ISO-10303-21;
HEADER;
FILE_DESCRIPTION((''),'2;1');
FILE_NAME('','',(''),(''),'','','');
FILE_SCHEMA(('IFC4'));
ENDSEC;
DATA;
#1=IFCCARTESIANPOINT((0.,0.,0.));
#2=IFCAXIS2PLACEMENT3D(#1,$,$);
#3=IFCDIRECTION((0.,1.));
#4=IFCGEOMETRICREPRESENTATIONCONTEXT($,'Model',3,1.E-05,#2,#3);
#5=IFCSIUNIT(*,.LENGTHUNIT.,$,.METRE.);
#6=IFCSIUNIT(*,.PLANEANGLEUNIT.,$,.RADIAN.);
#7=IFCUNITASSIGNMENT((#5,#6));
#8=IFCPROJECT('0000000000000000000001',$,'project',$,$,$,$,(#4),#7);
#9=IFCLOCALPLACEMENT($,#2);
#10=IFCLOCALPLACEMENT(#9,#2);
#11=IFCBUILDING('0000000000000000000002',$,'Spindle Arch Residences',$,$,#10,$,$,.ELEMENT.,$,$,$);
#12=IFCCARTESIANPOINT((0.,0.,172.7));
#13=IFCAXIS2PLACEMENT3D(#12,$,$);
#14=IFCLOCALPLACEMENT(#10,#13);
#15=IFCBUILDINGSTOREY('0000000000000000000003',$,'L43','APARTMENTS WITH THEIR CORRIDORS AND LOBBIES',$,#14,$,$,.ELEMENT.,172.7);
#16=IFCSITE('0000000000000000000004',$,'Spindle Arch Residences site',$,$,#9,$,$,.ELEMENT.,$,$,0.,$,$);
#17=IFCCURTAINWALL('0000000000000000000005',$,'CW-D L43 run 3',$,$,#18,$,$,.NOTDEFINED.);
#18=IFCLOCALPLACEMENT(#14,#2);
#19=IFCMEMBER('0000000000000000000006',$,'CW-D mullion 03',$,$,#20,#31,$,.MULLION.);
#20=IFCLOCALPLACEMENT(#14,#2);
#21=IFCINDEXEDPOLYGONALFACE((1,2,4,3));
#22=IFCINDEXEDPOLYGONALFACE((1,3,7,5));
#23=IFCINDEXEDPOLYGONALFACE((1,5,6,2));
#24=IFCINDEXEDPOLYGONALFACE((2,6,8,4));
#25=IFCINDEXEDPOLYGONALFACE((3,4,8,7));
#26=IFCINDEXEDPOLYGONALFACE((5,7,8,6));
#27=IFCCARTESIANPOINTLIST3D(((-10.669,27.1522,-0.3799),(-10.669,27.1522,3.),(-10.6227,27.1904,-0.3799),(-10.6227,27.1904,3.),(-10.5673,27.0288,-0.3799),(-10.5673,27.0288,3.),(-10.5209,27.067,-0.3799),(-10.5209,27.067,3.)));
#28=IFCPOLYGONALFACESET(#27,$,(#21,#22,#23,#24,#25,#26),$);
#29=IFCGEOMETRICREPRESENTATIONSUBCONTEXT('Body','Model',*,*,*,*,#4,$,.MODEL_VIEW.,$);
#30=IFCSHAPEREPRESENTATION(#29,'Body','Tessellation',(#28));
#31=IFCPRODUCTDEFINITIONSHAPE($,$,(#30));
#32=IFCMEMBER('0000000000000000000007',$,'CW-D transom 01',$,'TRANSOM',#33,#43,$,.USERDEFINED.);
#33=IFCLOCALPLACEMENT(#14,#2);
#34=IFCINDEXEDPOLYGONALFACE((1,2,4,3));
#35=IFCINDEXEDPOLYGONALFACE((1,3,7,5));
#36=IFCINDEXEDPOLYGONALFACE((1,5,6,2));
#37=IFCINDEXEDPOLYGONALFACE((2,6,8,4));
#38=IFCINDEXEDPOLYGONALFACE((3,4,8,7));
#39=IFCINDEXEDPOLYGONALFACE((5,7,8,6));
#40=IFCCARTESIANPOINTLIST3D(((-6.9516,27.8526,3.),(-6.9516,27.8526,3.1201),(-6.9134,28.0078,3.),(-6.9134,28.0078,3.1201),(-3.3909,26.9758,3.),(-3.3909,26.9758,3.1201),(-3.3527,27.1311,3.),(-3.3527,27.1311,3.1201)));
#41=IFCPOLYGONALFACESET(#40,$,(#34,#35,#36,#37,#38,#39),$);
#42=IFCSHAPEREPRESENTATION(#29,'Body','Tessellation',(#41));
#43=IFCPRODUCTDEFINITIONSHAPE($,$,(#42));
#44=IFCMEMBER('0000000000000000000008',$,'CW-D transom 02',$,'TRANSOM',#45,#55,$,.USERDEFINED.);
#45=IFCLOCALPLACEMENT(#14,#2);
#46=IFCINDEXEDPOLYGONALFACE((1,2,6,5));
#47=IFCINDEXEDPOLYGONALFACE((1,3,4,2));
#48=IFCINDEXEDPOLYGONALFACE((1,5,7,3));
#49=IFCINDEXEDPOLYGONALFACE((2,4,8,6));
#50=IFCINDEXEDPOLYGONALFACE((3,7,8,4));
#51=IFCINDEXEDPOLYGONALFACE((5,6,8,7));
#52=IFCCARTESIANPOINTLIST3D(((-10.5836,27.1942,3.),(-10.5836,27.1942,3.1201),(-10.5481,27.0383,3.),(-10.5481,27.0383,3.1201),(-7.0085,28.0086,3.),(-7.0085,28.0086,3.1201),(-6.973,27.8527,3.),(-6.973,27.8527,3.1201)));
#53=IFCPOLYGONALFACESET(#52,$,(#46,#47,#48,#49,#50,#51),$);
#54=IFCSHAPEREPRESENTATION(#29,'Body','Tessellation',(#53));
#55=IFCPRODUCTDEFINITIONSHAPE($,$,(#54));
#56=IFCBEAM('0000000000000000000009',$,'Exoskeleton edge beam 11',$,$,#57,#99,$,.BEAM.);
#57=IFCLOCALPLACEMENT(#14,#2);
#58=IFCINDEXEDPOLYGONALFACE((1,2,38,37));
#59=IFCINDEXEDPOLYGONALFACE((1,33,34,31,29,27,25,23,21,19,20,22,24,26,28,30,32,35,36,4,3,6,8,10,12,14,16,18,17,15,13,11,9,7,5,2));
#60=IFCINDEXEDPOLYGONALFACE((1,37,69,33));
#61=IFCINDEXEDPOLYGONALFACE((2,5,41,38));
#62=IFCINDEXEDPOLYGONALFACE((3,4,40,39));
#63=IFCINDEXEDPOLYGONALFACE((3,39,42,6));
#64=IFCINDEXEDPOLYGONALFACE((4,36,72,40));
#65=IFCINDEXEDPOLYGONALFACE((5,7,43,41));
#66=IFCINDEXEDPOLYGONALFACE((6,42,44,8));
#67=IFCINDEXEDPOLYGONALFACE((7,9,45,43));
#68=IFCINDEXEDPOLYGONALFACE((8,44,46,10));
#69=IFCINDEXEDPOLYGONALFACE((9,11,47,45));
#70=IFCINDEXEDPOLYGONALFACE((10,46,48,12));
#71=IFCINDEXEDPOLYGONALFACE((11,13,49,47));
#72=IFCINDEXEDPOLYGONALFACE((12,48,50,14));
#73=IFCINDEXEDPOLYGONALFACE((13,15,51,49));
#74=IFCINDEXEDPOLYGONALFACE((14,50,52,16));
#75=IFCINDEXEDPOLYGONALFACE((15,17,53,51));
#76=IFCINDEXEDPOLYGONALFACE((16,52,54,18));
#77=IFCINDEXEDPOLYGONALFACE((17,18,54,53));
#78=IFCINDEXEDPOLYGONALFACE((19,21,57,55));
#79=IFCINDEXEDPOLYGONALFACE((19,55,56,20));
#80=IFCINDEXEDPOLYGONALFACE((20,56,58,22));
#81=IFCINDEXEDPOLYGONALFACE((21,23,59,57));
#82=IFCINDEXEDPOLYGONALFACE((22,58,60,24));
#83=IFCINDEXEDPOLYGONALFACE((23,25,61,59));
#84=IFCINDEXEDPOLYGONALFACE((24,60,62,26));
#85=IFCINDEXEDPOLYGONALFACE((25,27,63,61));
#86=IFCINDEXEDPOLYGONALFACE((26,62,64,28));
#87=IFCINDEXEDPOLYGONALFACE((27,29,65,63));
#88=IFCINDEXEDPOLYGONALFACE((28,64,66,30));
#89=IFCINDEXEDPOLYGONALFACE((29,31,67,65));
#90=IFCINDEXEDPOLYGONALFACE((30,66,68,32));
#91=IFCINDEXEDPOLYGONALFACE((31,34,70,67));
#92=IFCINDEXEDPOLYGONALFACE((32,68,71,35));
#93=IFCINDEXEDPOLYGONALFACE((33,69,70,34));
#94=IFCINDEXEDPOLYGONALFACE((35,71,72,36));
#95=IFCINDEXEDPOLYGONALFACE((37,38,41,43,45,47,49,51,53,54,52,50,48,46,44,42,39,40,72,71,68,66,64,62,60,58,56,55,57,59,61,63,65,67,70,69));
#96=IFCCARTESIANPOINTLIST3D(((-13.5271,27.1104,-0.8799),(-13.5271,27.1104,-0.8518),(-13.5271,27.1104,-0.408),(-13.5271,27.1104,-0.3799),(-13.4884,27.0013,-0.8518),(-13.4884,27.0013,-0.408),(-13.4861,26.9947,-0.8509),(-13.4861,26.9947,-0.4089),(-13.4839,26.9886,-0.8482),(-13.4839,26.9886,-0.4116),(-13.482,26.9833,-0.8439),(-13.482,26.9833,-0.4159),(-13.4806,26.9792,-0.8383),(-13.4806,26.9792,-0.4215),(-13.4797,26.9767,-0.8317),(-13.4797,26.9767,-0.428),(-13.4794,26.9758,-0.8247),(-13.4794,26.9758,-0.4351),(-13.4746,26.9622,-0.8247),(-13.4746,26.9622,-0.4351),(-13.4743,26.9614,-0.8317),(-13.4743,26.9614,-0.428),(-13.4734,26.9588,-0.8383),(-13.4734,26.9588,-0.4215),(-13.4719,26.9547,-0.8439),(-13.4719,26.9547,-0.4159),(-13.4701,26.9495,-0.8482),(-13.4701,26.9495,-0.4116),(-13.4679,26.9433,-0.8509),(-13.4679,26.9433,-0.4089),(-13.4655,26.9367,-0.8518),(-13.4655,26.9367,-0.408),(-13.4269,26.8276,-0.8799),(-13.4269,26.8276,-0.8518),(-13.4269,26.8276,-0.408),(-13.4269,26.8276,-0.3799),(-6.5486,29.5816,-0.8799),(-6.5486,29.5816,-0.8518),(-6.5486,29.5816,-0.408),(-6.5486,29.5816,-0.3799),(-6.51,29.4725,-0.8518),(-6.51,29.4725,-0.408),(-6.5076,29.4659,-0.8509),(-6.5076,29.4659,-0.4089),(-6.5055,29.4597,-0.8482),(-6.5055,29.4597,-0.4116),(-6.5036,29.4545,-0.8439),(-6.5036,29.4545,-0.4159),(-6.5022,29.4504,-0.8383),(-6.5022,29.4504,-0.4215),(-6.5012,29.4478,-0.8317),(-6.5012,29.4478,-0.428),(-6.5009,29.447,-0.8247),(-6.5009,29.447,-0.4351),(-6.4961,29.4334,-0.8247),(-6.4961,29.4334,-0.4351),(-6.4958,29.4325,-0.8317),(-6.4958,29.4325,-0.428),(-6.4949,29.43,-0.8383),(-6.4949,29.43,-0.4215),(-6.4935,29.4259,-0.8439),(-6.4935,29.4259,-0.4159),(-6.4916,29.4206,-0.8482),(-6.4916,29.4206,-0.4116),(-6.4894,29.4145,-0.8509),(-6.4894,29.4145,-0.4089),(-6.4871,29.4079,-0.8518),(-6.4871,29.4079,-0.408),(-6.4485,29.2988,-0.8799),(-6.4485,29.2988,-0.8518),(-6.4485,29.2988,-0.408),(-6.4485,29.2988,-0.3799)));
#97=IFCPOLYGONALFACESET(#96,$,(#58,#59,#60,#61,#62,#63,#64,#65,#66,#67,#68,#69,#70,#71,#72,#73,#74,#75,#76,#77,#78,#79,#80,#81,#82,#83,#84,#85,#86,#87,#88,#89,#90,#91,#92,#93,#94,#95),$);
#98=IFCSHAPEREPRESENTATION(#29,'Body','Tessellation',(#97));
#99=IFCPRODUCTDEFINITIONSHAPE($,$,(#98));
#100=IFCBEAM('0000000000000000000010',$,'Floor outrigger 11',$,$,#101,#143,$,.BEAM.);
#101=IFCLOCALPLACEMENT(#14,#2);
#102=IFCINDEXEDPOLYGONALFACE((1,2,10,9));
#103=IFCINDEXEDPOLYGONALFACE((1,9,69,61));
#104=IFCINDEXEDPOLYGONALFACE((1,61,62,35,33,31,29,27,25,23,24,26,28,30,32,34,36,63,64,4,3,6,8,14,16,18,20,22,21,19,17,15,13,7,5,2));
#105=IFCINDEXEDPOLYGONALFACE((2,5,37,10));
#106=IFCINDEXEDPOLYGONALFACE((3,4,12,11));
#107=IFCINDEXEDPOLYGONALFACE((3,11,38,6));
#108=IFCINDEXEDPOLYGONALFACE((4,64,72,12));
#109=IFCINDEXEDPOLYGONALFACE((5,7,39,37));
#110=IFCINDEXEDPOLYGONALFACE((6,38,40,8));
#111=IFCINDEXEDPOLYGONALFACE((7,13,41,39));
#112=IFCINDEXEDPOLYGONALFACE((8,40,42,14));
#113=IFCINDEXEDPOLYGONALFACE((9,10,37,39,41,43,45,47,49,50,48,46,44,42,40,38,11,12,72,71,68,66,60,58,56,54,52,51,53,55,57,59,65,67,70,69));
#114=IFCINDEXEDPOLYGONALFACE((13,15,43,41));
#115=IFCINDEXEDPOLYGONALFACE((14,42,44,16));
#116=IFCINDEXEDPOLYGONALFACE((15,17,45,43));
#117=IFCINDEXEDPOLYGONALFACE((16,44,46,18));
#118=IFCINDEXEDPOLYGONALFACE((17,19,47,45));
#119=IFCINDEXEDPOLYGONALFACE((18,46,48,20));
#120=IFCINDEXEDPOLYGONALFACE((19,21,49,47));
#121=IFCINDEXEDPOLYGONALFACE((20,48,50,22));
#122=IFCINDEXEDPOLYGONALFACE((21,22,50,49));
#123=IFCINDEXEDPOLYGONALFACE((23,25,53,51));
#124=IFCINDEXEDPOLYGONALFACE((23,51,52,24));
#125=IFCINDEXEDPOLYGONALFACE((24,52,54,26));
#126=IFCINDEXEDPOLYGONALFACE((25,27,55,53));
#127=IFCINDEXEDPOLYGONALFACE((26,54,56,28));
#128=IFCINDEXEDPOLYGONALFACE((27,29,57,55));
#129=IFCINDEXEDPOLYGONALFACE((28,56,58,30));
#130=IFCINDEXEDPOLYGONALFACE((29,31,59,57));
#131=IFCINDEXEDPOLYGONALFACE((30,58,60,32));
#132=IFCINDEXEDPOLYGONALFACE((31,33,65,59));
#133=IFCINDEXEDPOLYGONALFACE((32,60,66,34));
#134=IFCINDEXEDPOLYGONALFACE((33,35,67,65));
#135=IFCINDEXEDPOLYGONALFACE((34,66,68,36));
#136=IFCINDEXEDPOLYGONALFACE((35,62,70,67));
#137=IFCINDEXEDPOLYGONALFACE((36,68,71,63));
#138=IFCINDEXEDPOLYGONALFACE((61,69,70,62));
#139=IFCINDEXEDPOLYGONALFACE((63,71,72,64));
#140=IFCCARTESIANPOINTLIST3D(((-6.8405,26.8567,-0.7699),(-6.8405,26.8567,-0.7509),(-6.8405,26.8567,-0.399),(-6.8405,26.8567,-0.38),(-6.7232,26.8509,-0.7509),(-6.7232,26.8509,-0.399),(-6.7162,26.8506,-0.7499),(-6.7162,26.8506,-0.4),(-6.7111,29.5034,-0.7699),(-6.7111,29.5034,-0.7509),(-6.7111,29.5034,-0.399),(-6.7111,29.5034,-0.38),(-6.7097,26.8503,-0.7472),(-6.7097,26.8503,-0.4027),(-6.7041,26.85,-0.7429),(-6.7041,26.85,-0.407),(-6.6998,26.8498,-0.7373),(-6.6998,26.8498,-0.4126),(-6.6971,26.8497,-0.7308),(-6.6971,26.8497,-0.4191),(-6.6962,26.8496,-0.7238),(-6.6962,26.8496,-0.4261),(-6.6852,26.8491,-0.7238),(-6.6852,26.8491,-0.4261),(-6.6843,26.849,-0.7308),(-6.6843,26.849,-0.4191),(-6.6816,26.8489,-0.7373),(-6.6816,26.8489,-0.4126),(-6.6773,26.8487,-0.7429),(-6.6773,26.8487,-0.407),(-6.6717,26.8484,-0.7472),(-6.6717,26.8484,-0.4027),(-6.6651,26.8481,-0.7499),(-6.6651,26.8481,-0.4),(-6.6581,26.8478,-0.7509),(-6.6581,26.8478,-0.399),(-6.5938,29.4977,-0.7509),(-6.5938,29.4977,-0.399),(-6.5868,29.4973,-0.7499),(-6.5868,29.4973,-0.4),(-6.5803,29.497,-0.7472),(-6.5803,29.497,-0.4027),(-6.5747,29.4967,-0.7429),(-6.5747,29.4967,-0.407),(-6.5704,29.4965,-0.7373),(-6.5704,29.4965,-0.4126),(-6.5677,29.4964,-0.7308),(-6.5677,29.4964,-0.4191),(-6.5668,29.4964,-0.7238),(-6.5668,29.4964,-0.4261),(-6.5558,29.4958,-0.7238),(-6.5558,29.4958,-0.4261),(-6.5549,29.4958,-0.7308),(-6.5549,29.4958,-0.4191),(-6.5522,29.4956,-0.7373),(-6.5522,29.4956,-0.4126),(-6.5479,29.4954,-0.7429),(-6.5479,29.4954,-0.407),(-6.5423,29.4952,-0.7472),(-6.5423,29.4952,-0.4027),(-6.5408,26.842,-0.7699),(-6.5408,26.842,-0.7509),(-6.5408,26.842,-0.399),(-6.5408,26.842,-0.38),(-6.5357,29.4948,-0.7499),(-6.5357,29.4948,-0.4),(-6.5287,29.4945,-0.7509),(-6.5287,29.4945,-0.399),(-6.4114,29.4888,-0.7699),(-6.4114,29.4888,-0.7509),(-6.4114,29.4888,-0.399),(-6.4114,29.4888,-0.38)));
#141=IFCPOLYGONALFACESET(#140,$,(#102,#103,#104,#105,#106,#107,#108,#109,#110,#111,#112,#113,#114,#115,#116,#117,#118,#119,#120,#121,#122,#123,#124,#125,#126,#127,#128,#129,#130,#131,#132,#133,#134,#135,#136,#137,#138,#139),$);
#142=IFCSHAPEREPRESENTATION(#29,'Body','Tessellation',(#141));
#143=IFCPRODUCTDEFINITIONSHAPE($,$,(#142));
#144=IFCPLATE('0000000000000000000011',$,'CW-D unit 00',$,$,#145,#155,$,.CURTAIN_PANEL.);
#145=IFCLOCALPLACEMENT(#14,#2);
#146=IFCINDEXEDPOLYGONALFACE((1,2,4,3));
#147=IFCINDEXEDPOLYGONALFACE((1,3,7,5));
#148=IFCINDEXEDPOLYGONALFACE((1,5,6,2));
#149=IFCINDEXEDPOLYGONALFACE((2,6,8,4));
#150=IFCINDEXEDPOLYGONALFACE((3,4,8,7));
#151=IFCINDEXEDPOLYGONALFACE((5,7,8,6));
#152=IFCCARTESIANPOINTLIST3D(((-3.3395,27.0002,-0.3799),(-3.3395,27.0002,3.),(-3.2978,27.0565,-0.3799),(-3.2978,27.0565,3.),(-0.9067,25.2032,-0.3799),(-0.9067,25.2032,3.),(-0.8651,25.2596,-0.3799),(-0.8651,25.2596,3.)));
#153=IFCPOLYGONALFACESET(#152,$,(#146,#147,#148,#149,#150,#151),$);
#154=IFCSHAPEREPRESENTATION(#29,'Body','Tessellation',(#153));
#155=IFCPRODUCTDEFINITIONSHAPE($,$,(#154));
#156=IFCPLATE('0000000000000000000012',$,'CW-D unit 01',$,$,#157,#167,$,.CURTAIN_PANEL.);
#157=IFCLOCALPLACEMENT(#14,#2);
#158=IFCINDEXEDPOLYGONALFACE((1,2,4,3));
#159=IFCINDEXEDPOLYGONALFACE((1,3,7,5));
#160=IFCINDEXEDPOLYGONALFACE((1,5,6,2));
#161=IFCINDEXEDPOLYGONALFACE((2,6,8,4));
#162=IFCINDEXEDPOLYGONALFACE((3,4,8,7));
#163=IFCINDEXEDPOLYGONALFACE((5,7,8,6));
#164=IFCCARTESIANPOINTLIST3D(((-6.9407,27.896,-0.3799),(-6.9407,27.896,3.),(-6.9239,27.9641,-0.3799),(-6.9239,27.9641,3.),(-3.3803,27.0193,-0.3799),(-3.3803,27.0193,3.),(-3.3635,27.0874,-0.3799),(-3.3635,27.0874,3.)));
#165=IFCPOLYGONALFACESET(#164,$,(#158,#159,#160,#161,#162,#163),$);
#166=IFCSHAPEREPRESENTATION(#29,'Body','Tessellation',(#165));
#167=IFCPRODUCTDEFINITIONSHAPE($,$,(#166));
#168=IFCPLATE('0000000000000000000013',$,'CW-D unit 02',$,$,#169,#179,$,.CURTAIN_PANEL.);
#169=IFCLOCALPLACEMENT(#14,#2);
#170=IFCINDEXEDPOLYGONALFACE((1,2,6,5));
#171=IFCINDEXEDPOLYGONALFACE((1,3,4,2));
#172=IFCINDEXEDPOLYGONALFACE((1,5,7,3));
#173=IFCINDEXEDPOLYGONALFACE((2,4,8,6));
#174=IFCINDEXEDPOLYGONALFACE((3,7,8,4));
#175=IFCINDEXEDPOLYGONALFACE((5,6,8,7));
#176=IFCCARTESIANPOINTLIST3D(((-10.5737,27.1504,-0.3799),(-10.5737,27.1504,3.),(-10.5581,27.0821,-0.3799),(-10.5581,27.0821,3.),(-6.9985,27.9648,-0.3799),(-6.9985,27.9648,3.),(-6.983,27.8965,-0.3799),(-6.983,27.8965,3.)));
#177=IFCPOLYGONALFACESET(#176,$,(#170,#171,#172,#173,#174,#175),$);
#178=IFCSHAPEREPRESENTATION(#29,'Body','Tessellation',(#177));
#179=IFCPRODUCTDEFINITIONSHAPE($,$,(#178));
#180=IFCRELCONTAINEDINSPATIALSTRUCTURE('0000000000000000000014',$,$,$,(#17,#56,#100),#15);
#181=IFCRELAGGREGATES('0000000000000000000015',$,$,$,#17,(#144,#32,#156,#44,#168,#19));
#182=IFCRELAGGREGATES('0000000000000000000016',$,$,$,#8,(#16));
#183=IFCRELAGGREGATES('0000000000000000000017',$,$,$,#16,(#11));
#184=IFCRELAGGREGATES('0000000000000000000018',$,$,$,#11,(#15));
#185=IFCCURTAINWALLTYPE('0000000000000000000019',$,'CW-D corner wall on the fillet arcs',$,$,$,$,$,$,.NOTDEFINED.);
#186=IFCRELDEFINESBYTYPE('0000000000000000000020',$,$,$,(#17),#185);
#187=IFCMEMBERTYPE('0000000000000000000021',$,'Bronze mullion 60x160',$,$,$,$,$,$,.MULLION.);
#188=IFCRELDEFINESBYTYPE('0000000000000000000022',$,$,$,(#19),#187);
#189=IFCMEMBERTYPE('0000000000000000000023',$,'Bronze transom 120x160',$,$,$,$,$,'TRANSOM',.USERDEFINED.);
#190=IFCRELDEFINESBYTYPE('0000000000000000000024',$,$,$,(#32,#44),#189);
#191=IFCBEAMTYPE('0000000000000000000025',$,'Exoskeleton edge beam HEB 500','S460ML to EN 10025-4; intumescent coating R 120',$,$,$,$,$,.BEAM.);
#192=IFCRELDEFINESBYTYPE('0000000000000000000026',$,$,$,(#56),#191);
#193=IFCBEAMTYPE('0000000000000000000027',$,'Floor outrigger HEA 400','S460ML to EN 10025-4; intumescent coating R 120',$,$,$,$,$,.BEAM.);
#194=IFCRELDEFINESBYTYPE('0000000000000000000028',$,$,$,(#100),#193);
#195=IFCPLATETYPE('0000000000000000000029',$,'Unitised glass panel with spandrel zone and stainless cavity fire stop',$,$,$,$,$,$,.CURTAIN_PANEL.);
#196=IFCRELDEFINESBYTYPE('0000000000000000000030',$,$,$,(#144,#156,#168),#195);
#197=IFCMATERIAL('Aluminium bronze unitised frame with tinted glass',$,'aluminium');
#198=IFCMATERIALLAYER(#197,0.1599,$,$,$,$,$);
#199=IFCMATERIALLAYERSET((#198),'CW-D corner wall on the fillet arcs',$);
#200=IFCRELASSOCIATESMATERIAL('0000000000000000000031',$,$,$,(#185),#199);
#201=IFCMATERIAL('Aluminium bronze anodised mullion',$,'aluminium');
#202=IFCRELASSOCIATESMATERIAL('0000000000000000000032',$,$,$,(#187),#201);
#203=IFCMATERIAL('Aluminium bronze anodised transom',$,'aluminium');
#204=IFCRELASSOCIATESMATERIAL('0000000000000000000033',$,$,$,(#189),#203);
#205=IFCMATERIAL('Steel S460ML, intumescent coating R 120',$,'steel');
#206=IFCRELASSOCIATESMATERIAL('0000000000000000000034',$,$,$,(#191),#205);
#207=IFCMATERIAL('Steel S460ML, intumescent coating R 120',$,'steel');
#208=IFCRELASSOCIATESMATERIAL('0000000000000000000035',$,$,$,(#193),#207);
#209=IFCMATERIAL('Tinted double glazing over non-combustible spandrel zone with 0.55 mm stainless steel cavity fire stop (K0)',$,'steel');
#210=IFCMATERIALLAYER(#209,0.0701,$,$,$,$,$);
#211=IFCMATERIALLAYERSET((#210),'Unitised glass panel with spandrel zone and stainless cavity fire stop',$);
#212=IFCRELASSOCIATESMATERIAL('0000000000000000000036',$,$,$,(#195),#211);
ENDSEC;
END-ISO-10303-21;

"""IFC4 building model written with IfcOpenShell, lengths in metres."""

from ifc_helpers import new_model, si_unit, direction, frame, origin, origin_2d, place, context, subcontext, project, spatial, rectangle, i_section, extrude, material, layer, layer_set, material_profile, profile_set, type_object, element, aggregate, save


model = new_model("IFC4")

# Units and contexts
model_context = context("Model", 3, precision=1e-05, world=origin(), true_north=direction((0.0, 1.0)))
body_context = subcontext(model_context, "Body", "Model", "MODEL_VIEW")
ifc_project = project(units=[si_unit("LENGTHUNIT", "METRE"), si_unit("PLANEANGLEUNIT", "RADIAN")], contexts=[model_context])

# Site, building, storey
site_placement = place(None, origin())
site = spatial("IfcSite", under=ifc_project, at=site_placement, Name="Spindle Arch Residences site", CompositionType="ELEMENT", RefElevation=0.0)
building_placement = place(site_placement, origin())
building = spatial("IfcBuilding", under=site, at=building_placement, Name="Spindle Arch Residences", CompositionType="ELEMENT")
storey_placement = place(building_placement, frame((0.0, 0.0, 172.7)))
storey = spatial("IfcBuildingStorey", under=building, at=storey_placement, Name="L43", Description="APARTMENTS WITH THEIR CORRIDORS AND LOBBIES", CompositionType="ELEMENT", Elevation=172.7)

# Curtain wall, members
ifc_material_1 = material(Name="Aluminium bronze unitised frame with tinted glass", Category="aluminium")
ifc_layer_1 = layer(ifc_material_1, 0.1599)
ifc_layer_set_1 = layer_set([ifc_layer_1], Name="CW-D corner wall on the fillet arcs")
curtain_wall_type = type_object("IfcCurtainWallType", Name="CW-D corner wall on the fillet arcs", PredefinedType="NOTDEFINED", material=ifc_layer_set_1)
curtain_wall_placement = place(storey_placement, origin())
curtain_wall = element("IfcCurtainWall", 1, at=curtain_wall_placement, inside=storey, type_object=curtain_wall_type, Name="CW-D L43 run 3", PredefinedType="NOTDEFINED")
ifc_material_2 = material(Name="Aluminium bronze anodised mullion", Category="aluminium")
ifc_material_profile_1 = material_profile(ifc_material_2, rectangle(XDim=0.1599, YDim=0.0601, at=origin_2d()), Name="MU 60x160")
ifc_profile_set_1 = profile_set([ifc_material_profile_1], Name="Aluminium bronze anodised mullion")
member_type_1 = type_object("IfcMemberType", Name="Bronze mullion 60x160", PredefinedType="MULLION", material=ifc_profile_set_1)
member_1_placement = place(storey_placement, frame((-10.595, 27.1096, -0.3799), z_axis=(0.0, 0.0, 1.0), x_axis=(0.636078, -0.771625, 0.0)))
member_1 = element("IfcMember", 2, at=member_1_placement, type_object=member_type_1, Name="CW-D mullion 03", PredefinedType="MULLION", context=body_context, shape_type="SweptSolid", body=[
    extrude(rectangle(XDim=0.1599, YDim=0.0601, at=origin_2d()), origin(), (0.0, 0.0, 1.0), 3.3799),
])
ifc_material_3 = material(Name="Aluminium bronze anodised transom", Category="aluminium")
ifc_material_profile_2 = material_profile(ifc_material_3, rectangle(XDim=0.1599, YDim=0.1201, at=origin_2d()), Name="TR 120x160")
ifc_profile_set_2 = profile_set([ifc_material_profile_2], Name="Aluminium bronze anodised transom")
member_type_2 = type_object("IfcMemberType", Name="Bronze transom 120x160", ElementType="TRANSOM", PredefinedType="USERDEFINED", material=ifc_profile_set_2)
member_2_placement = place(storey_placement, frame((-3.3718, 27.0535, 3.0601), z_axis=(-0.970998, 0.239088, 0.0), x_axis=(-0.239088, -0.970998, 0.0)))
member_2 = element("IfcMember", 3, at=member_2_placement, type_object=member_type_2, Name="CW-D transom 01", ObjectType="TRANSOM", PredefinedType="USERDEFINED", context=body_context, shape_type="SweptSolid", body=[
    extrude(rectangle(XDim=0.1599, YDim=0.1201, at=origin_2d()), origin(), (0.0, 0.0, 1.0), 3.667),
])
member_3_placement = place(storey_placement, frame((-6.9907, 27.9307, 3.0601), z_axis=(-0.97502, -0.222116, 0.0), x_axis=(0.222116, -0.97502, 0.0)))
member_3 = element("IfcMember", 4, at=member_3_placement, type_object=member_type_2, Name="CW-D transom 02", ObjectType="TRANSOM", PredefinedType="USERDEFINED", context=body_context, shape_type="SweptSolid", body=[
    extrude(rectangle(XDim=0.1599, YDim=0.1201, at=origin_2d()), origin(), (0.0, 0.0, 1.0), 3.6667),
])

# Beams
ifc_material_4 = material(Name="Steel S460ML, intumescent coating R 120", Category="steel")
ifc_material_profile_3 = material_profile(ifc_material_4, i_section(OverallWidth=0.3, OverallDepth=0.5, WebThickness=0.0144, FlangeThickness=0.0281, FilletRadius=0.0271, at=origin_2d()), Name="HEB 500")
ifc_profile_set_3 = profile_set([ifc_material_profile_3], Name="Steel S460ML, intumescent coating R 120")
beam_type_1 = type_object("IfcBeamType", Name="Exoskeleton edge beam HEB 500", Description="S460ML to EN 10025-4; intumescent coating R 120", PredefinedType="BEAM", material=ifc_profile_set_3)
beam_1_placement = place(storey_placement, frame((-6.4985, 29.4402, -0.6299), z_axis=(-0.942643, -0.333803, 0.0), x_axis=(0.333803, -0.942643, 0.0)))
element("IfcBeam", 5, at=beam_1_placement, inside=storey, type_object=beam_type_1, Name="Exoskeleton edge beam 11", PredefinedType="BEAM", context=body_context, shape_type="SweptSolid", body=[
    extrude(i_section(OverallWidth=0.3, OverallDepth=0.5, WebThickness=0.0144, FlangeThickness=0.0281, FilletRadius=0.0271, at=origin_2d()), origin(), (0.0, 0.0, 1.0), 7.4031),
])
ifc_material_5 = material(Name="Steel S460ML, intumescent coating R 120", Category="steel")
ifc_material_profile_4 = material_profile(ifc_material_5, i_section(OverallWidth=0.3, OverallDepth=0.3899, WebThickness=0.011, FlangeThickness=0.019, FilletRadius=0.0271, at=origin_2d()), Name="HEA 400")
ifc_profile_set_4 = profile_set([ifc_material_profile_4], Name="Steel S460ML, intumescent coating R 120")
beam_type_2 = type_object("IfcBeamType", Name="Floor outrigger HEA 400", Description="S460ML to EN 10025-4; intumescent coating R 120", PredefinedType="BEAM", material=ifc_profile_set_4)
beam_2_placement = place(storey_placement, frame((-6.5613, 29.4961, -0.575), z_axis=(-0.04883, -0.998807, 0.0), x_axis=(0.998807, -0.04883, 0.0)))
element("IfcBeam", 6, at=beam_2_placement, inside=storey, type_object=beam_type_2, Name="Floor outrigger 11", PredefinedType="BEAM", context=body_context, shape_type="SweptSolid", body=[
    extrude(i_section(OverallWidth=0.3, OverallDepth=0.3899, WebThickness=0.011, FlangeThickness=0.019, FilletRadius=0.0271, at=origin_2d()), origin(), (0.0, 0.0, 1.0), 2.6499),
])

# Plates
ifc_material_6 = material(Name="Tinted double glazing over non-combustible spandrel zone with 0.55 mm stainless steel cavity fire stop (K0)", Category="steel")
ifc_layer_2 = layer(ifc_material_6, 0.0701)
ifc_layer_set_2 = layer_set([ifc_layer_2], Name="Unitised glass panel with spandrel zone and stainless cavity fire stop")
plate_type = type_object("IfcPlateType", Name="Unitised glass panel with spandrel zone and stainless cavity fire stop", PredefinedType="CURTAIN_PANEL", material=ifc_layer_set_2)
plate_1_placement = place(storey_placement, frame((-2.1023, 26.1299, -0.3799), z_axis=(0.0, 0.0, 1.0), x_axis=(-0.804366, 0.594134, 0.0)))
plate_1 = element("IfcPlate", 7, at=plate_1_placement, type_object=plate_type, Name="CW-D unit 00", PredefinedType="CURTAIN_PANEL", context=body_context, shape_type="SweptSolid", body=[
    extrude(rectangle(XDim=3.0244, YDim=0.0701, at=origin_2d()), origin(), (0.0, 0.0, 1.0), 3.3799),
])
plate_2_placement = place(storey_placement, frame((-5.1521, 27.4917, -0.3799), z_axis=(0.0, 0.0, 1.0), x_axis=(-0.970995, 0.239098, 0.0)))
plate_2 = element("IfcPlate", 8, at=plate_2_placement, type_object=plate_type, Name="CW-D unit 01", PredefinedType="CURTAIN_PANEL", context=body_context, shape_type="SweptSolid", body=[
    extrude(rectangle(XDim=3.6667, YDim=0.0701, at=origin_2d()), origin(), (0.0, 0.0, 1.0), 3.3799),
])
plate_3_placement = place(storey_placement, frame((-8.7783, 27.5234, -0.3799), z_axis=(0.0, 0.0, 1.0), x_axis=(-0.97502, -0.222116, 0.0)))
plate_3 = element("IfcPlate", 9, at=plate_3_placement, type_object=plate_type, Name="CW-D unit 02", PredefinedType="CURTAIN_PANEL", context=body_context, shape_type="SweptSolid", body=[
    extrude(rectangle(XDim=3.6667, YDim=0.0701, at=origin_2d()), origin(), (0.0, 0.0, 1.0), 3.3799),
])
aggregate(curtain_wall, [plate_1, member_2, plate_2, member_3, plate_3, member_1])

save(model, "model.ifc")
